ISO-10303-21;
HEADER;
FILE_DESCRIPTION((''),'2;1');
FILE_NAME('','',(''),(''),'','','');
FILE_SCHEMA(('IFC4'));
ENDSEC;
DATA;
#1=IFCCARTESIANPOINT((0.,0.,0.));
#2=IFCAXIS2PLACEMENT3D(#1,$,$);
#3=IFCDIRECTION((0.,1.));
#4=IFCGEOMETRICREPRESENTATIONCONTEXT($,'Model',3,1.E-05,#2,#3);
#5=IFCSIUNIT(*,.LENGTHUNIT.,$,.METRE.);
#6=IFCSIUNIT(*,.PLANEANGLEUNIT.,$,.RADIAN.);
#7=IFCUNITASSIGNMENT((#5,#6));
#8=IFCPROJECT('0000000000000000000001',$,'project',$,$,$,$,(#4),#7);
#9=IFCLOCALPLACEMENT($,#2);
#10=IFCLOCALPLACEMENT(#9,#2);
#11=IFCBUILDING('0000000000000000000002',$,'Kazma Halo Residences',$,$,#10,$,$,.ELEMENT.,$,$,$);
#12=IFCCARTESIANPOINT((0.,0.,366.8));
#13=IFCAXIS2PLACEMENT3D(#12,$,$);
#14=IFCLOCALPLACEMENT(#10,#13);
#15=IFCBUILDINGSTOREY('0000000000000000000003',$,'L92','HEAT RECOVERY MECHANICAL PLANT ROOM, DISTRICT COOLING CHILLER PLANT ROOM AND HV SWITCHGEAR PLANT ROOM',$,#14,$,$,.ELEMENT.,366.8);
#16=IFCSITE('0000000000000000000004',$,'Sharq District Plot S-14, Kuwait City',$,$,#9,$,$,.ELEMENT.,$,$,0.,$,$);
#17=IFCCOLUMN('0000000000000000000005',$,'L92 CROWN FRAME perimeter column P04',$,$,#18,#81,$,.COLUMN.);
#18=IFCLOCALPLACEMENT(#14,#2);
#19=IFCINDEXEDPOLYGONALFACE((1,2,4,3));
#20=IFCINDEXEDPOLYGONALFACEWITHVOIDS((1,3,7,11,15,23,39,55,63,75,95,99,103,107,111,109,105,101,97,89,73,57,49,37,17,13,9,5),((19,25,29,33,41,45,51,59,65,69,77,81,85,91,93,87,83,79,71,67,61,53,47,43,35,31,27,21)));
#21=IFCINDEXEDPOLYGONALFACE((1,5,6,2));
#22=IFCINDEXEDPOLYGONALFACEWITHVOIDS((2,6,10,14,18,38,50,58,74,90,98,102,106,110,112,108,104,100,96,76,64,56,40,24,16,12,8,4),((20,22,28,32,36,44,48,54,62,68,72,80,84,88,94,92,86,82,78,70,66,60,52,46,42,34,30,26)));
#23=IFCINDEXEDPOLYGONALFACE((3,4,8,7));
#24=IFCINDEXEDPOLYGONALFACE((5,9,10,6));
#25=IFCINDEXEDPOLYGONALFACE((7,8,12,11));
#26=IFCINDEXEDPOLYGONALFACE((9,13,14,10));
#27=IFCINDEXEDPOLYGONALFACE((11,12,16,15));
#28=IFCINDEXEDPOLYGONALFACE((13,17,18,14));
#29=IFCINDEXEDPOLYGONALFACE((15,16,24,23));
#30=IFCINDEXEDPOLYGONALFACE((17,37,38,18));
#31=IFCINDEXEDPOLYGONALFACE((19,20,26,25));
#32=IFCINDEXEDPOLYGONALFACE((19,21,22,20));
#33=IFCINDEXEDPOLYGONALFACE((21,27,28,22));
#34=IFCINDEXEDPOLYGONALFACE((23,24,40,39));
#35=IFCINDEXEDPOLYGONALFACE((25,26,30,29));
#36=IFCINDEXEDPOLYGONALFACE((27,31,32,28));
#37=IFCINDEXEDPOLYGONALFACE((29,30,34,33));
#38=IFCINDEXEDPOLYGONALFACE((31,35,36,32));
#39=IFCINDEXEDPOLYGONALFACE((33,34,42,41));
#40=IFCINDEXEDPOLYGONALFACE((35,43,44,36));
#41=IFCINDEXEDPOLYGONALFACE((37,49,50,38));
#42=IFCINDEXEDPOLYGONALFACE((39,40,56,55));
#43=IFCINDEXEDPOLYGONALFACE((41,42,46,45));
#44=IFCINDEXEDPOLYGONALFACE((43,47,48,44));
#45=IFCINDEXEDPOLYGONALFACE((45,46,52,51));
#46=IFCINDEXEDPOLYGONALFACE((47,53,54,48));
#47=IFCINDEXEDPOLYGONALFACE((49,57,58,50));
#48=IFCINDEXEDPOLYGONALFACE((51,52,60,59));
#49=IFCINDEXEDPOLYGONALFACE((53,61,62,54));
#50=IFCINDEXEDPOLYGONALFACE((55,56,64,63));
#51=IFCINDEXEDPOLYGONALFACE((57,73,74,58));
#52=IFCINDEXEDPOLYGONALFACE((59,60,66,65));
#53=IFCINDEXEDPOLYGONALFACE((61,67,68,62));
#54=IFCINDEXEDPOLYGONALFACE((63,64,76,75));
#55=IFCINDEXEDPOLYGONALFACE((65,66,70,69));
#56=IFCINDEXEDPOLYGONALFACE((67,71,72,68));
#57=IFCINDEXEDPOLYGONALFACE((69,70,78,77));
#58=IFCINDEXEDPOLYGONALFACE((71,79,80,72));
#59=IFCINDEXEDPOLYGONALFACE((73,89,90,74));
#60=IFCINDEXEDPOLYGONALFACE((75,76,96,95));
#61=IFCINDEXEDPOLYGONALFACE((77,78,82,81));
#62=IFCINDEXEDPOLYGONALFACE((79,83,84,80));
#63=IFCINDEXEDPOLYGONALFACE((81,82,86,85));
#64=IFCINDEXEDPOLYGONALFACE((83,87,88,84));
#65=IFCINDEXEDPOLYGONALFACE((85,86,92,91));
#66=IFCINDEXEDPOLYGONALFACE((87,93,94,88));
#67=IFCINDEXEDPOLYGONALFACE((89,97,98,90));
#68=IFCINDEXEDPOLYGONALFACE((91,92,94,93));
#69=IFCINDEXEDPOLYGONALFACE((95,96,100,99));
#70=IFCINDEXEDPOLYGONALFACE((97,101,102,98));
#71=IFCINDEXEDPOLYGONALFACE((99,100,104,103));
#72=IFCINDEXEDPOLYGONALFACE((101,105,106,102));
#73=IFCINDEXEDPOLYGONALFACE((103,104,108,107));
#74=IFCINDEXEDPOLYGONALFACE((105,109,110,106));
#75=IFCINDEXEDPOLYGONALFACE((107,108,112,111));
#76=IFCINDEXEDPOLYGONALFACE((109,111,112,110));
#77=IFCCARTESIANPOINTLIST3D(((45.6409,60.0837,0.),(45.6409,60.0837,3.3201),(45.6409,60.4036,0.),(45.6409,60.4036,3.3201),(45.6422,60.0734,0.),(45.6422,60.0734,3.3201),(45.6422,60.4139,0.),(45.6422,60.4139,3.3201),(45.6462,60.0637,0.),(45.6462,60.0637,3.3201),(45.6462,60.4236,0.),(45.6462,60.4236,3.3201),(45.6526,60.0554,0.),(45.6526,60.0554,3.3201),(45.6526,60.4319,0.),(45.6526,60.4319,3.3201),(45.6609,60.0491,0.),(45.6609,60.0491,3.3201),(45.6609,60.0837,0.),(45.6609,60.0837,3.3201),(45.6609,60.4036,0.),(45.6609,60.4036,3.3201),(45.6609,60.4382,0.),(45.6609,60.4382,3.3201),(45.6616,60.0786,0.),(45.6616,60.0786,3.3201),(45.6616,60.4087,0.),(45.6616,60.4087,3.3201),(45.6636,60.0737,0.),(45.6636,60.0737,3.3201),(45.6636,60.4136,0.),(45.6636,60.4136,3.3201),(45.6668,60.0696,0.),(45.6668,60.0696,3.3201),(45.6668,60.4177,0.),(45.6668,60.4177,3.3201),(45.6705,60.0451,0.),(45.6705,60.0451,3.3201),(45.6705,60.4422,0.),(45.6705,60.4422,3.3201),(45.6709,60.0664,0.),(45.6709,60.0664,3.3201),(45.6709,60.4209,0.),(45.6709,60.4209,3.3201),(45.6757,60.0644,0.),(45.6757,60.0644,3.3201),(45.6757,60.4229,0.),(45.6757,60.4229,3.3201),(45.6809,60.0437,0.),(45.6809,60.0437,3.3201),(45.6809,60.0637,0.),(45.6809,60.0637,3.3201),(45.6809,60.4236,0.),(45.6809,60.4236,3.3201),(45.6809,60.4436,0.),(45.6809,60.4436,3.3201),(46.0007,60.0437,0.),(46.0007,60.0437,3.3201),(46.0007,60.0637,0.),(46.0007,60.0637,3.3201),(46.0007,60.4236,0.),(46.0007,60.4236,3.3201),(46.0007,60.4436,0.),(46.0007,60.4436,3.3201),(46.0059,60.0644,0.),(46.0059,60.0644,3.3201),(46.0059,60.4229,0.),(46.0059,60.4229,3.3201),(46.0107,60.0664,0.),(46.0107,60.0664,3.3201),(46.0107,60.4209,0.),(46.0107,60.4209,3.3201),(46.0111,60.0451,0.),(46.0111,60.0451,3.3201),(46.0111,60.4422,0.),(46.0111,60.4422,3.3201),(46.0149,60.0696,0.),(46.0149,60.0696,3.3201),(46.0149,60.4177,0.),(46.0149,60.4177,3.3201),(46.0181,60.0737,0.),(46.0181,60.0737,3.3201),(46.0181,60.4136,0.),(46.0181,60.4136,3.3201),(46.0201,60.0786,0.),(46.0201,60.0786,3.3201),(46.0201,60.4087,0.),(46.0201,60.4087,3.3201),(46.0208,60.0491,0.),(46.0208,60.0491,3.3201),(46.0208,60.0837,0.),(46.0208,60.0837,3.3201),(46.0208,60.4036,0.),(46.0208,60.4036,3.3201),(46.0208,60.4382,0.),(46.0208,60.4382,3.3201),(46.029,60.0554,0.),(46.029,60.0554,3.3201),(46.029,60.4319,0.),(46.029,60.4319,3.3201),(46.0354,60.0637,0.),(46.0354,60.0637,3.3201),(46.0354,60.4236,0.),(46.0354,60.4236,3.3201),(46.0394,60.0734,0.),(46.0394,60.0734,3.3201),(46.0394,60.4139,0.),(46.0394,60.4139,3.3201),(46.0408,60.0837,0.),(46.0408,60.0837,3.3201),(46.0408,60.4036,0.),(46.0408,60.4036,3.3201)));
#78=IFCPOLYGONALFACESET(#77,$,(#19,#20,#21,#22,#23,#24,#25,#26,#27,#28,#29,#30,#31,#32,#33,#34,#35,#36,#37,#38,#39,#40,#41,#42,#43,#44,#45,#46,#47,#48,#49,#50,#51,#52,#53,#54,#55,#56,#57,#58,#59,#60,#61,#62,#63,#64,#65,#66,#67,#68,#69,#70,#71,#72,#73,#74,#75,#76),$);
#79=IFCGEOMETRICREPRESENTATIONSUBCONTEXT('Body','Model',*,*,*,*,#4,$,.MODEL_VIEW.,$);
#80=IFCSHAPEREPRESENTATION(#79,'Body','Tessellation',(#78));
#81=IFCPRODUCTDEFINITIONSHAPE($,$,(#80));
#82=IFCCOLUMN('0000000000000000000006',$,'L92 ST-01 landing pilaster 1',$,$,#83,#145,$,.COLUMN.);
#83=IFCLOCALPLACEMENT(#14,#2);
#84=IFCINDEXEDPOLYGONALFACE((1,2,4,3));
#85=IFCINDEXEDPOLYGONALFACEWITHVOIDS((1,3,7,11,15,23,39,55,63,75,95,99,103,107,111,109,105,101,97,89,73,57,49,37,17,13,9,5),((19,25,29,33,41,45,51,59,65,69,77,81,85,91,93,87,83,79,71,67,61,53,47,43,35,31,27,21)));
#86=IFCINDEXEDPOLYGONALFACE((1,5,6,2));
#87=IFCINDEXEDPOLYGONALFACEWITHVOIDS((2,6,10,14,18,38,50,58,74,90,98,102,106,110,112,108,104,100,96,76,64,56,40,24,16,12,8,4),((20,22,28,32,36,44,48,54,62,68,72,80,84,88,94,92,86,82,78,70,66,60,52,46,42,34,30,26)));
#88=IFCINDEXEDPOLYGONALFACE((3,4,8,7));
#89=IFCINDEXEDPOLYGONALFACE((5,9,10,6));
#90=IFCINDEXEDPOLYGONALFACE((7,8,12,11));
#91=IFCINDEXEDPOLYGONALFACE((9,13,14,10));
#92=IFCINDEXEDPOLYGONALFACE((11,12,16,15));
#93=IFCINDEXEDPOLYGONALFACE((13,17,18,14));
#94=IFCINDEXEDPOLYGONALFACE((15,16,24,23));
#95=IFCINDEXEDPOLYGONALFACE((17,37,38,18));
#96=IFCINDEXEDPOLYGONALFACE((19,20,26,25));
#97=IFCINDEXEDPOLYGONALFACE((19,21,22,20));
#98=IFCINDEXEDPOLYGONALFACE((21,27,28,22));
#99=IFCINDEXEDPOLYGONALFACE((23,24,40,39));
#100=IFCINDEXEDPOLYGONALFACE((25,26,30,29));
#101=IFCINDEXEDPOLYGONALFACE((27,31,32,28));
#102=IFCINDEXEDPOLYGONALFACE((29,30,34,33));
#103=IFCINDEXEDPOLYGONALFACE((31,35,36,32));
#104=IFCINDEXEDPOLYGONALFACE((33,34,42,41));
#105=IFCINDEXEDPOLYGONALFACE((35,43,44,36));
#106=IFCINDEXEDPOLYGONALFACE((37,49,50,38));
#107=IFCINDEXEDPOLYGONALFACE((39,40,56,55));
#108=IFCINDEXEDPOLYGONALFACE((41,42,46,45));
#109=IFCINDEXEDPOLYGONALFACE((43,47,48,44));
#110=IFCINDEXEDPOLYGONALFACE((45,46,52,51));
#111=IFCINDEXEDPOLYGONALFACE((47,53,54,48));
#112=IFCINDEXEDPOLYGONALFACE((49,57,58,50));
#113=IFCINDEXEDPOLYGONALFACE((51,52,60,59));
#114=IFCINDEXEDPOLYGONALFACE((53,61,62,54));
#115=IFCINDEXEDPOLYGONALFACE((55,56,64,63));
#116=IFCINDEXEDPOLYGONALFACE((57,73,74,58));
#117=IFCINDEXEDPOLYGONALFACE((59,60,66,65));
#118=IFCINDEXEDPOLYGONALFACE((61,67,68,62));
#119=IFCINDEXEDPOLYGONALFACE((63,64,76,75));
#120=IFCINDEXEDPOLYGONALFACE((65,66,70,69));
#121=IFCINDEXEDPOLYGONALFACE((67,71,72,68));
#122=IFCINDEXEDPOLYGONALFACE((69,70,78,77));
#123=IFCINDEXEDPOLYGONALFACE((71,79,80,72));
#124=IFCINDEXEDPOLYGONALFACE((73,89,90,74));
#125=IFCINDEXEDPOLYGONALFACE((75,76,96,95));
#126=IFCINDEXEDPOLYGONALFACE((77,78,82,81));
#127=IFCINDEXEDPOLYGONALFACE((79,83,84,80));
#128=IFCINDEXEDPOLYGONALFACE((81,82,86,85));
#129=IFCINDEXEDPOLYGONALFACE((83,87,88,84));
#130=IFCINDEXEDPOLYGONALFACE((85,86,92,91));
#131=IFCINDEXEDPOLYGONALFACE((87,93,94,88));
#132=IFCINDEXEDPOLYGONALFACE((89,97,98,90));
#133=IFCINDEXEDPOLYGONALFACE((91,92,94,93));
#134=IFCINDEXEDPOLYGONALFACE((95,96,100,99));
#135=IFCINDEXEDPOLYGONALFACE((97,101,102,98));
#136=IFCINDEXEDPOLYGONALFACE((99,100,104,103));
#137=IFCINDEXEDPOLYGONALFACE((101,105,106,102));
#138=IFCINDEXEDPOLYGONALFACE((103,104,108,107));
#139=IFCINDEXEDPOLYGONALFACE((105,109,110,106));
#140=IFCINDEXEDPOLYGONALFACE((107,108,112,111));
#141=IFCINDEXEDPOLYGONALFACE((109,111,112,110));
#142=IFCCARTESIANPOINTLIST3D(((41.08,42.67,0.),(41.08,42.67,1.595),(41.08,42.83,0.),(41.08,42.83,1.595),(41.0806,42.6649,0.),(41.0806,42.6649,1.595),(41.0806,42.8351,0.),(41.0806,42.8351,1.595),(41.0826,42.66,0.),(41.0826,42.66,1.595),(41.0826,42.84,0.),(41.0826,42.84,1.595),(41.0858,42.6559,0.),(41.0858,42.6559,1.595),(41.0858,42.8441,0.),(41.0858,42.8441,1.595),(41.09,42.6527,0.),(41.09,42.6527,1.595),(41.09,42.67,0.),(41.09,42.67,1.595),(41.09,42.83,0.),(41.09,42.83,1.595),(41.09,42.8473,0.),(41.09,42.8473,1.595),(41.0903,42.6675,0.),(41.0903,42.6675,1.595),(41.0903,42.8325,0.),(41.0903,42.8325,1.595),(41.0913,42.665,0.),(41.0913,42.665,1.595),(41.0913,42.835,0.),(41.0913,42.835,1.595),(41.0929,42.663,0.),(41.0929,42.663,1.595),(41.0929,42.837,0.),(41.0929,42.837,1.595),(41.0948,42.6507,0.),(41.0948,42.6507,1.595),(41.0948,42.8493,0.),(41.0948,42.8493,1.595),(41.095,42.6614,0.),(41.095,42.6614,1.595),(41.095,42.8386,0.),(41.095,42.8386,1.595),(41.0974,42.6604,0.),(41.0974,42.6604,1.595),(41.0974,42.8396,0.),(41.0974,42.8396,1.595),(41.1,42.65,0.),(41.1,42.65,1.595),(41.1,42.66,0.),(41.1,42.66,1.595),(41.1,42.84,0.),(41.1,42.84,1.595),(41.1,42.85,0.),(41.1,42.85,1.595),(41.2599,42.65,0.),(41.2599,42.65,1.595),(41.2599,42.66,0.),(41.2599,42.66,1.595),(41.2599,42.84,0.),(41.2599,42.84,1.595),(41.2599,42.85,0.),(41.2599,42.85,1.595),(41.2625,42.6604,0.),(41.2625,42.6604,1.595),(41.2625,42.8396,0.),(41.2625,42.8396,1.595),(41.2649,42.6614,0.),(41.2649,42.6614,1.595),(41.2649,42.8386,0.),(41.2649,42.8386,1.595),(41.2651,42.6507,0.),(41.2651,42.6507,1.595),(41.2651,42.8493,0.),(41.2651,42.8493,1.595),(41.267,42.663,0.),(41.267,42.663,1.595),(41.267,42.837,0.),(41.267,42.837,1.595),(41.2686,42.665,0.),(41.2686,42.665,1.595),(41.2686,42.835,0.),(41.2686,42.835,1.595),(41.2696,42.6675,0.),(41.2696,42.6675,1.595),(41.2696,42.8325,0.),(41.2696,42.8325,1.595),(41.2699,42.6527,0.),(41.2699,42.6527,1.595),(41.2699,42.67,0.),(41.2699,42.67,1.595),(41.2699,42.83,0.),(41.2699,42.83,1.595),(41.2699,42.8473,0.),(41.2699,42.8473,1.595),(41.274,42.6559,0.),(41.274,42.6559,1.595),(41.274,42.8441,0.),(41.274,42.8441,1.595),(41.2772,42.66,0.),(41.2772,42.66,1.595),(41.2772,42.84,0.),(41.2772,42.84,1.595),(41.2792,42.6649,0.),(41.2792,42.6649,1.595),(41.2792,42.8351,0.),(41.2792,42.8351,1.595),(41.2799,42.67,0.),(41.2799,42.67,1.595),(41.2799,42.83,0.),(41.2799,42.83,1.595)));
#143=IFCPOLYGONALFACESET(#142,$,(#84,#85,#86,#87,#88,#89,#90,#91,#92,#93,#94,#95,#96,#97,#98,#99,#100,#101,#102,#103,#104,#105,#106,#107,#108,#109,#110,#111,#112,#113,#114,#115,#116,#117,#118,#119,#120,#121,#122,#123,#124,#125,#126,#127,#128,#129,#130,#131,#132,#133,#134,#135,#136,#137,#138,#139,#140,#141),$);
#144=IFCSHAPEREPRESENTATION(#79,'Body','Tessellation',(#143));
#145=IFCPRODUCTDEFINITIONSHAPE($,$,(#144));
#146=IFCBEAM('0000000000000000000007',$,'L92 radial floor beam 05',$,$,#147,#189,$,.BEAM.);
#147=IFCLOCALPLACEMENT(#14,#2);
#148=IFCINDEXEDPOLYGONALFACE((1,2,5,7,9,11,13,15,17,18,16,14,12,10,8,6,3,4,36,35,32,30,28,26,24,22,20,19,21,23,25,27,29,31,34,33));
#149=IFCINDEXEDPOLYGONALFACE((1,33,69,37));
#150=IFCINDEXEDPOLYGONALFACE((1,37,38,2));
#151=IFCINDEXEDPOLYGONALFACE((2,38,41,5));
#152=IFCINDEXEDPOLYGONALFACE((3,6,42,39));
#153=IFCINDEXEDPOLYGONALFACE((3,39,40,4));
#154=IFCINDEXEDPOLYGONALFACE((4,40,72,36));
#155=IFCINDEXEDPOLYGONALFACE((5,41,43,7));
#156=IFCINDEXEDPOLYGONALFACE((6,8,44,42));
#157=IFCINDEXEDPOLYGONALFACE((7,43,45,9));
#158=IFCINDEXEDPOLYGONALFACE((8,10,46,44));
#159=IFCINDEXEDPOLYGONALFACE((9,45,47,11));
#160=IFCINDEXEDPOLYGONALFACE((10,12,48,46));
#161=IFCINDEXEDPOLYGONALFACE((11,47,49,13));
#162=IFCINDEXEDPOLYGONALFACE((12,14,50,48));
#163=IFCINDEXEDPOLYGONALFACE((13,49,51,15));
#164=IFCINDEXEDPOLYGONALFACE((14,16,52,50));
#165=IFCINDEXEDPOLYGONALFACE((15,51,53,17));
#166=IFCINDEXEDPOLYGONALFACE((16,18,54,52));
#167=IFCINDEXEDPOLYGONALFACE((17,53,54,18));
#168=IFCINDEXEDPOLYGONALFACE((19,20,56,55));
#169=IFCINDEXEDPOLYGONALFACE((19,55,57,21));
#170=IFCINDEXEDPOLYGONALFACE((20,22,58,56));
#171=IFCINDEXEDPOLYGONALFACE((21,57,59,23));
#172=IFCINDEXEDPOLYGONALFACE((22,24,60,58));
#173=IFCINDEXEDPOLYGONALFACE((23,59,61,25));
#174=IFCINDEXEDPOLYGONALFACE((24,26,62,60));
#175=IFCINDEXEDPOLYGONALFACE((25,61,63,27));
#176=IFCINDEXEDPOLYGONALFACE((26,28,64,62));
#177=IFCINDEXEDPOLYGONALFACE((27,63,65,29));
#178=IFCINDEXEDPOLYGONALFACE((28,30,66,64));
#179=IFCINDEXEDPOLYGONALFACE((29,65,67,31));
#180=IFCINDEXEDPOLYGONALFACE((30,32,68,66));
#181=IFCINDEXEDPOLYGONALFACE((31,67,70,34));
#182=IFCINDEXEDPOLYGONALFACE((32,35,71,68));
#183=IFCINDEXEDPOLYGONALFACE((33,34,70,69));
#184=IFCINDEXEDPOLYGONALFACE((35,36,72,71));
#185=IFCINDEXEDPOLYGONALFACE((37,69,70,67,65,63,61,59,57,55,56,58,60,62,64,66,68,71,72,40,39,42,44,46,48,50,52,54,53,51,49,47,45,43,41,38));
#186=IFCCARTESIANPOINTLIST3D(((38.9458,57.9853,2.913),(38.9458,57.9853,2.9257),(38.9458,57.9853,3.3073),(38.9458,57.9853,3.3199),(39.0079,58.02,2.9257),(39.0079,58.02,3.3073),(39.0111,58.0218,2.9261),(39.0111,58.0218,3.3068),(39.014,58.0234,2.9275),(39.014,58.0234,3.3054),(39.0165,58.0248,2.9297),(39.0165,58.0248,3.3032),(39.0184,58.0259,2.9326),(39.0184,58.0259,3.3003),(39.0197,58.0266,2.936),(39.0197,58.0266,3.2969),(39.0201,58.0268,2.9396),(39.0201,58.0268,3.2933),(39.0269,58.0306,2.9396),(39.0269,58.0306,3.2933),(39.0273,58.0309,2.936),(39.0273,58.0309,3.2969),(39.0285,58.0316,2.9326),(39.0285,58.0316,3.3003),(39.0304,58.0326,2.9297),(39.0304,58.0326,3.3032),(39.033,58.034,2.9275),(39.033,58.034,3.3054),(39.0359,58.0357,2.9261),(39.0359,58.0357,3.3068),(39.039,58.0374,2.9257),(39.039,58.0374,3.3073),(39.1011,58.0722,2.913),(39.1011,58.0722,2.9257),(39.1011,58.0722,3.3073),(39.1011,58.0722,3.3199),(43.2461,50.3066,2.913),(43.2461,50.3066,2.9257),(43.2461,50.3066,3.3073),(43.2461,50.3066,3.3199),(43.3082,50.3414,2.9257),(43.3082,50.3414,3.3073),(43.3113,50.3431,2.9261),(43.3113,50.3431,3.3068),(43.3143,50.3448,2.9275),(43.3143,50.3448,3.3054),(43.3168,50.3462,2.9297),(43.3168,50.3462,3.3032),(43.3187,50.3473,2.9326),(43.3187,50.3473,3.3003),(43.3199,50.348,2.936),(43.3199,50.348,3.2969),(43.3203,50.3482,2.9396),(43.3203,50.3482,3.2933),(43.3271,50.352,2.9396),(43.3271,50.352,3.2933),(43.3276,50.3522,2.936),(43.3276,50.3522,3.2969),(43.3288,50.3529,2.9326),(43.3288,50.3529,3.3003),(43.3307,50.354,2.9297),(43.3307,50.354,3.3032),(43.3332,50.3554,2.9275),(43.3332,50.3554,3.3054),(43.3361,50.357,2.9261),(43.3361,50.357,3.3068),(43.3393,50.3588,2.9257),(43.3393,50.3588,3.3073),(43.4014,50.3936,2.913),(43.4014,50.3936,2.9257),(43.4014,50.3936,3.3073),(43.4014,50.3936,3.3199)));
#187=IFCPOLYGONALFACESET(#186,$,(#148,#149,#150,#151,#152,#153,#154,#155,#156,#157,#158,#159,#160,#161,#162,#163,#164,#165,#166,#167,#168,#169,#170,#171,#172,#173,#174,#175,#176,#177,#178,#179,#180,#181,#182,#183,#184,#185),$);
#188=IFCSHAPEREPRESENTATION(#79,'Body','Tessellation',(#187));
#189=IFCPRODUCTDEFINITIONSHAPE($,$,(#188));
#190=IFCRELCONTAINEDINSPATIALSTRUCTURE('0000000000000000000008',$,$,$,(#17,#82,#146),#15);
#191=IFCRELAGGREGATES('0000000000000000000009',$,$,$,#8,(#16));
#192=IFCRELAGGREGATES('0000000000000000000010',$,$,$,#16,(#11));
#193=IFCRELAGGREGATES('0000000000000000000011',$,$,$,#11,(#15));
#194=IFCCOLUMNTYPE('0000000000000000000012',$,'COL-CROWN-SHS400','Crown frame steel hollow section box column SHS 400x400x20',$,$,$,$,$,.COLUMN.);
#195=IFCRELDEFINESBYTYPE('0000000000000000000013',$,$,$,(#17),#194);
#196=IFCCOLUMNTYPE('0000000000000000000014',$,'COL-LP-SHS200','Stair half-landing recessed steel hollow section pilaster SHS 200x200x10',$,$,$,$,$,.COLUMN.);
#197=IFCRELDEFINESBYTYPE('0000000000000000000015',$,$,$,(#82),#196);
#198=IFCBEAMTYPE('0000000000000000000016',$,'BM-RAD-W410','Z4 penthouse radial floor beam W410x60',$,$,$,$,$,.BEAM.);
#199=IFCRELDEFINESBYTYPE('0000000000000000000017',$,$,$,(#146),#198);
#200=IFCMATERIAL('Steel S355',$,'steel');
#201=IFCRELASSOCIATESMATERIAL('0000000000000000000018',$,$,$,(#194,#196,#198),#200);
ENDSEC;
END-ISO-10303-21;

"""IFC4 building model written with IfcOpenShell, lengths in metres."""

from ifc_helpers import new_model, si_unit, direction, frame, origin, origin_2d, place, context, subcontext, project, spatial, hollow_rectangle, i_section, extrude, material, material_profile, profile_set, type_object, element, save


model = new_model("IFC4")

# Units and contexts
model_context = context("Model", 3, precision=1e-05, world=origin(), true_north=direction((0.0, 1.0)))
body_context = subcontext(model_context, "Body", "Model", "MODEL_VIEW")
ifc_project = project(units=[si_unit("LENGTHUNIT", "METRE"), si_unit("PLANEANGLEUNIT", "RADIAN")], contexts=[model_context])

# Site, building, storey
site_placement = place(None, origin())
site = spatial("IfcSite", under=ifc_project, at=site_placement, Name="Sharq District Plot S-14, Kuwait City", CompositionType="ELEMENT", RefElevation=0.0)
building_placement = place(site_placement, origin())
building = spatial("IfcBuilding", under=site, at=building_placement, Name="Kazma Halo Residences", CompositionType="ELEMENT")
storey_placement = place(building_placement, frame((0.0, 0.0, 366.8)))
storey = spatial("IfcBuildingStorey", under=building, at=storey_placement, Name="L92", Description="HEAT RECOVERY MECHANICAL PLANT ROOM, DISTRICT COOLING CHILLER PLANT ROOM AND HV SWITCHGEAR PLANT ROOM", CompositionType="ELEMENT", Elevation=366.8)

# Columns
ifc_material_1 = material(Name="Steel S355", Category="steel")
ifc_material_profile_1 = material_profile(ifc_material_1, hollow_rectangle(XDim=0.3999, YDim=0.3999, WallThickness=0.02, InnerFilletRadius=0.02, OuterFilletRadius=0.04, at=origin_2d()), Name="SHS400x400x20")
ifc_profile_set_1 = profile_set([ifc_material_profile_1], Name="Steel S355")
column_type_1 = type_object("IfcColumnType", Name="COL-CROWN-SHS400", Description="Crown frame steel hollow section box column SHS 400x400x20", PredefinedType="COLUMN", material=ifc_profile_set_1)
column_1_placement = place(storey_placement, frame((45.8408, 60.2437, 0.0), z_axis=(0.0, 0.0, 1.0), x_axis=(1.0, 0.0, 0.0)))
element("IfcColumn", 1, at=column_1_placement, inside=storey, type_object=column_type_1, Name="L92 CROWN FRAME perimeter column P04", PredefinedType="COLUMN", context=body_context, shape_type="SweptSolid", body=[
    extrude(hollow_rectangle(XDim=0.3999, YDim=0.3999, WallThickness=0.02, InnerFilletRadius=0.02, OuterFilletRadius=0.04, at=origin_2d()), origin(), (0.0, 0.0, 1.0), 3.3201),
])
ifc_material_profile_2 = material_profile(ifc_material_1, hollow_rectangle(XDim=0.2, YDim=0.2, WallThickness=0.01, InnerFilletRadius=0.01, OuterFilletRadius=0.02, at=origin_2d()), Name="SHS200x200x10")
ifc_profile_set_2 = profile_set([ifc_material_profile_2], Name="Steel S355")
column_type_2 = type_object("IfcColumnType", Name="COL-LP-SHS200", Description="Stair half-landing recessed steel hollow section pilaster SHS 200x200x10", PredefinedType="COLUMN", material=ifc_profile_set_2)
column_2_placement = place(storey_placement, frame((41.1799, 42.75, 0.0), z_axis=(0.0, 0.0, 1.0), x_axis=(1.0, 0.0, 0.0)))
element("IfcColumn", 2, at=column_2_placement, inside=storey, type_object=column_type_2, Name="L92 ST-01 landing pilaster 1", PredefinedType="COLUMN", context=body_context, shape_type="SweptSolid", body=[
    extrude(hollow_rectangle(XDim=0.2, YDim=0.2, WallThickness=0.01, InnerFilletRadius=0.01, OuterFilletRadius=0.02, at=origin_2d()), origin(), (0.0, 0.0, 1.0), 1.595),
])

# Beam
ifc_material_profile_3 = material_profile(ifc_material_1, i_section(OverallWidth=0.178, OverallDepth=0.407, WebThickness=0.0078, FlangeThickness=0.0127, FilletRadius=0.0139, at=origin_2d()), Name="W410x60")
ifc_profile_set_3 = profile_set([ifc_material_profile_3], Name="Steel S355")
beam_type_1 = type_object("IfcBeamType", Name="BM-RAD-W410", Description="Z4 penthouse radial floor beam W410x60", PredefinedType="BEAM", material=ifc_profile_set_3)
beam_1_placement = place(storey_placement, frame((43.3237, 50.3501, 3.1165), z_axis=(-0.488622, 0.872496, 0.0), x_axis=(-0.872496, -0.488622, 0.0)))
element("IfcBeam", 3, at=beam_1_placement, inside=storey, type_object=beam_type_1, Name="L92 radial floor beam 05", PredefinedType="BEAM", context=body_context, shape_type="SweptSolid", body=[
    extrude(i_section(OverallWidth=0.178, OverallDepth=0.407, WebThickness=0.0078, FlangeThickness=0.0127, FilletRadius=0.0139, at=origin_2d()), origin(), (0.0, 0.0, 1.0), 8.8008),
])

save(model, "model.ifc")
